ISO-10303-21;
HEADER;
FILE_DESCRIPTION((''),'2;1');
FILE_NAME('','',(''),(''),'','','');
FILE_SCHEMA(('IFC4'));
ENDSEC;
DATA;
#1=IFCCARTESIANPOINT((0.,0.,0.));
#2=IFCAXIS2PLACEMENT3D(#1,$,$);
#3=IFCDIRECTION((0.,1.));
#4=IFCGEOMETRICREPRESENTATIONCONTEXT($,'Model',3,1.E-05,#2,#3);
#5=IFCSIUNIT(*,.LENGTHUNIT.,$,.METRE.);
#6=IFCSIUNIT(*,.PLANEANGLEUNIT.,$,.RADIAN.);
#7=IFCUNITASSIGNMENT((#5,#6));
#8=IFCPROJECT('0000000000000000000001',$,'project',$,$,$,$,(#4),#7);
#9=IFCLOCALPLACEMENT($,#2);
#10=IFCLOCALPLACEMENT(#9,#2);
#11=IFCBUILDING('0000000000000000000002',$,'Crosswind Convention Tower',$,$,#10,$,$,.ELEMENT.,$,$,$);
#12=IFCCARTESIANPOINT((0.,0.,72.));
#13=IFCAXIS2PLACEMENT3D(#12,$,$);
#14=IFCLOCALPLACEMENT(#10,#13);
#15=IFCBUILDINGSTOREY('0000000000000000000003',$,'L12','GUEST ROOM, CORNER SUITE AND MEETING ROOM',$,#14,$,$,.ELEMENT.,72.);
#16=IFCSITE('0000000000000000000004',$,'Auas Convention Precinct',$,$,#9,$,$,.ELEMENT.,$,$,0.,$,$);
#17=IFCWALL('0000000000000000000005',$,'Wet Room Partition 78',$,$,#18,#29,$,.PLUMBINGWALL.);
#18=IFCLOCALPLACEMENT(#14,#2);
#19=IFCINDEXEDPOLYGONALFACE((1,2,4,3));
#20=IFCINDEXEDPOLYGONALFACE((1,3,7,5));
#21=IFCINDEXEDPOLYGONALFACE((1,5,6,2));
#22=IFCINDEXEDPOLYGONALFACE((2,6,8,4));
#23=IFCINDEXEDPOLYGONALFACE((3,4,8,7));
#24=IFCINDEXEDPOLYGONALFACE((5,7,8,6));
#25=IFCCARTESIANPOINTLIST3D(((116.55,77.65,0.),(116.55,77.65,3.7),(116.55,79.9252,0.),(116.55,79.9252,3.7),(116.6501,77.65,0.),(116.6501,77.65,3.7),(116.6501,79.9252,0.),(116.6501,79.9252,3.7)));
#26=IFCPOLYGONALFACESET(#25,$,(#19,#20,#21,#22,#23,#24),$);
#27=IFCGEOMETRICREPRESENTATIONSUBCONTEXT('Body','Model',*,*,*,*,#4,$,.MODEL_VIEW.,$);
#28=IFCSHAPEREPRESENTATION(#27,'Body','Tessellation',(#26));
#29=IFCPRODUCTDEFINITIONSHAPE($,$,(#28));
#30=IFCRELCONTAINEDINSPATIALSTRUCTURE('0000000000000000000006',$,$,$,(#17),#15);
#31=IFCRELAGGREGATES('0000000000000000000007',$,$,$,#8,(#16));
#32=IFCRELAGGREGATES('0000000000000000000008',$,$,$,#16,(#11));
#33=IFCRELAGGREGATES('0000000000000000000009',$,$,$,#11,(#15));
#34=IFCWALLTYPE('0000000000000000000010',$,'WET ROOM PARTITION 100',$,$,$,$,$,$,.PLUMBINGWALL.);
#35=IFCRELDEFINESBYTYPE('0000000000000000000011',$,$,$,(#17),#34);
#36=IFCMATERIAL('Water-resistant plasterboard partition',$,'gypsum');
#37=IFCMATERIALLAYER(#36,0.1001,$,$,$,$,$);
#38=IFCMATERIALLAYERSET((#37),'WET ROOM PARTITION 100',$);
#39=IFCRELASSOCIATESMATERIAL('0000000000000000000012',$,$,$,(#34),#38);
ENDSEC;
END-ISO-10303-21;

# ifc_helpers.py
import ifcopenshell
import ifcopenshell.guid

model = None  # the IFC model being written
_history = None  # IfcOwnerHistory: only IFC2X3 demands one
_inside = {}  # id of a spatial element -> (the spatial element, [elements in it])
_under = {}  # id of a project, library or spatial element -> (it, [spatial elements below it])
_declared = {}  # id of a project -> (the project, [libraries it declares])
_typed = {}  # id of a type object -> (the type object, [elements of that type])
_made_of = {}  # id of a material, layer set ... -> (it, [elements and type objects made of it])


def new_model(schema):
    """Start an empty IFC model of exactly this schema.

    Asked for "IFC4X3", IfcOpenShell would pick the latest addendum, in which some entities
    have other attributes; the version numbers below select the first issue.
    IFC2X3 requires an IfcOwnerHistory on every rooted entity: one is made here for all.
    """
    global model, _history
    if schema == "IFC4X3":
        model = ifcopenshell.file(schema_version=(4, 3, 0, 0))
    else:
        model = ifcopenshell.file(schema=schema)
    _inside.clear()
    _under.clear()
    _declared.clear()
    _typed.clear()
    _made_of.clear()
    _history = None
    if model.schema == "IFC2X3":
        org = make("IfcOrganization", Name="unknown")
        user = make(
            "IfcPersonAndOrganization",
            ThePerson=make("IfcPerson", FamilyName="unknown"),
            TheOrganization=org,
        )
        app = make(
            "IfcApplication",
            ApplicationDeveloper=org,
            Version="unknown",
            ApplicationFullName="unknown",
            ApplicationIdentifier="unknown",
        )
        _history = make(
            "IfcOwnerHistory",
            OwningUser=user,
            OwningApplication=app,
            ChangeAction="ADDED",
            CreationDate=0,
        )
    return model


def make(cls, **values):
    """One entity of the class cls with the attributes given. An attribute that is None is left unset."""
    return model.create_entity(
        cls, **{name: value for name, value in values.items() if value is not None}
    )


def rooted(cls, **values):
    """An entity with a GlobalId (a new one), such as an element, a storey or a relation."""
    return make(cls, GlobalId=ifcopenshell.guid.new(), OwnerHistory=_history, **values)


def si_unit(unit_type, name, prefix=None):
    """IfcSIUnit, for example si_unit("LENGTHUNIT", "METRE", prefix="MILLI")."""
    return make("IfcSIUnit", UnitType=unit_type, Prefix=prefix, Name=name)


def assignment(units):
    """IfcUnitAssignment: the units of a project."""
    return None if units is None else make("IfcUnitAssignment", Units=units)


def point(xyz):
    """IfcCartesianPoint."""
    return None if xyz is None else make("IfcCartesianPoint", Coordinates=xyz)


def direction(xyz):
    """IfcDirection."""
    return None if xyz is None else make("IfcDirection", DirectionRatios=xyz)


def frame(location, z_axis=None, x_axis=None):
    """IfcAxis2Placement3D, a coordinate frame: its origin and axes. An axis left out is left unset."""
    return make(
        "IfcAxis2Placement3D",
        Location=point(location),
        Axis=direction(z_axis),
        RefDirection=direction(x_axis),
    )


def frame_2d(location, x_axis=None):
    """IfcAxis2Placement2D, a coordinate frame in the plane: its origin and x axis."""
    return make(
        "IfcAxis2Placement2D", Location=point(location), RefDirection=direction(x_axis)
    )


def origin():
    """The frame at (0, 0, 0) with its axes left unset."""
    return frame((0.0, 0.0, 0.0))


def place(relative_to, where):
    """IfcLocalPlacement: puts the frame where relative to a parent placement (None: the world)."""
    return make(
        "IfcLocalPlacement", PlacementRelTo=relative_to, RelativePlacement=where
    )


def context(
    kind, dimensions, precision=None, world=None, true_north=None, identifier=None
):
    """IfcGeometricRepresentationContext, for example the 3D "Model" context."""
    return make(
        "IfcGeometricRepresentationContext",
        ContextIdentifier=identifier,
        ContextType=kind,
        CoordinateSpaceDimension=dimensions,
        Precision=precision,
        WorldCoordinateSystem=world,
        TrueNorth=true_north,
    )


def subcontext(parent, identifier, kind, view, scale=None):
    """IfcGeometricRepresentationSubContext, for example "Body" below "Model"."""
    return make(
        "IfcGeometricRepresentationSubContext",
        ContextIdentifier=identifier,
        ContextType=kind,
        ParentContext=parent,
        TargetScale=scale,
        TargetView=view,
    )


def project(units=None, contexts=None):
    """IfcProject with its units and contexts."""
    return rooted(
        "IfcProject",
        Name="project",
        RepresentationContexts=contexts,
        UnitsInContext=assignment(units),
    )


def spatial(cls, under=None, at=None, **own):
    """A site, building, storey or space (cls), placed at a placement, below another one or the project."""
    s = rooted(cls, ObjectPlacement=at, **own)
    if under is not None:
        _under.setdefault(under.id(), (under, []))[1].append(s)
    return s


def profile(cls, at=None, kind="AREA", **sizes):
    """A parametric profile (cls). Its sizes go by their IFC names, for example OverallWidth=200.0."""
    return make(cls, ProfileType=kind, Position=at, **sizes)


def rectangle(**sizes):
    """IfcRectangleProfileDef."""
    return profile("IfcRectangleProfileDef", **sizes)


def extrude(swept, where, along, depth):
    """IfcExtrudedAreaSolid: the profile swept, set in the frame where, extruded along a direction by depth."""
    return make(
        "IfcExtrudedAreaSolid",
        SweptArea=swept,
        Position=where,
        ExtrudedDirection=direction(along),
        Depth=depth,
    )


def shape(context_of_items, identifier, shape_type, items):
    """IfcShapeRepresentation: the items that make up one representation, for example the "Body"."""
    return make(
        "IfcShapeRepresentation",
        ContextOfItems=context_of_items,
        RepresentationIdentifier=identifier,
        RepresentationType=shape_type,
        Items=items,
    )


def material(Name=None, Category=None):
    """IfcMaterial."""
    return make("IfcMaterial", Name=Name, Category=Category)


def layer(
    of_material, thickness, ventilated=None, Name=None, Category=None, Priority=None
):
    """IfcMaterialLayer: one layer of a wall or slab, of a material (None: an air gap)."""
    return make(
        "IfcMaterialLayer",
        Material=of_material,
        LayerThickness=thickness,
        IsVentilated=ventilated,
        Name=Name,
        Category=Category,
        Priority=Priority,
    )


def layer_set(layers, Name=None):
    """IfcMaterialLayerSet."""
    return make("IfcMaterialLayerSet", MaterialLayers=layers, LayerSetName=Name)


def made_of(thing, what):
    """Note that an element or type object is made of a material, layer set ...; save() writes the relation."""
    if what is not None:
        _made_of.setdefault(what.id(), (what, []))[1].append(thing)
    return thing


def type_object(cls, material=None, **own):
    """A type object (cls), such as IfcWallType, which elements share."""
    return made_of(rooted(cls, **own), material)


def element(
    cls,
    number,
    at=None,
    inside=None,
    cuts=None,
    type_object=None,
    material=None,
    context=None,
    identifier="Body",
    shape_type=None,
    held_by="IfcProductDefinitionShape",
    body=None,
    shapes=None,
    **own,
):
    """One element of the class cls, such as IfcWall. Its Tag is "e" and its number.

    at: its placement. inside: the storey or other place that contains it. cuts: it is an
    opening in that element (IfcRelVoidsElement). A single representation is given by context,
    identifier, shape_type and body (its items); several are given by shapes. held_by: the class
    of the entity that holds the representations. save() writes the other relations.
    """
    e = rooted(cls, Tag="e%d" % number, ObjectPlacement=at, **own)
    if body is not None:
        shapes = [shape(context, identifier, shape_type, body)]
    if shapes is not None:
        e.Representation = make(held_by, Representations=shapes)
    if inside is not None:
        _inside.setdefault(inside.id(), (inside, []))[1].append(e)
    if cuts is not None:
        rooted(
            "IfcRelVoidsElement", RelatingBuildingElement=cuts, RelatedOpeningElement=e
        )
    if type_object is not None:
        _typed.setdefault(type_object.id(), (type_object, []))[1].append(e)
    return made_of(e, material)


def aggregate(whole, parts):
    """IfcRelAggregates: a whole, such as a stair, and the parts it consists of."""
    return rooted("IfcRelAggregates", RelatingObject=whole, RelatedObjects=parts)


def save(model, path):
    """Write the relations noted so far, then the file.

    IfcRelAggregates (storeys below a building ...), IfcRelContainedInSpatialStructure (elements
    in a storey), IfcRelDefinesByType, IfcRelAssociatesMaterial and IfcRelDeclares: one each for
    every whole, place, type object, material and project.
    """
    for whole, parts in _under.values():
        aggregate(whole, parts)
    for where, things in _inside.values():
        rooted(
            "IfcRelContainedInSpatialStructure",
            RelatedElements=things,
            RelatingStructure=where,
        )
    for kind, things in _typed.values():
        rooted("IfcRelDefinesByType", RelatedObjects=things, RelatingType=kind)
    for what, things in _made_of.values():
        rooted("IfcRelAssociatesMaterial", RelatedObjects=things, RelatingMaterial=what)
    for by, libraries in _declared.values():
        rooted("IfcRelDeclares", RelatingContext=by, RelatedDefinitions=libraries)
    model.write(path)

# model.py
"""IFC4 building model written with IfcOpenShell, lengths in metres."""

from ifc_helpers import new_model, si_unit, direction, frame, frame_2d, origin, place, context, subcontext, project, spatial, rectangle, extrude, material, layer, layer_set, type_object, element, save


model = new_model("IFC4")

# Units and contexts
model_context = context("Model", 3, precision=1e-05, world=origin(), true_north=direction((0.0, 1.0)))
body_context = subcontext(model_context, "Body", "Model", "MODEL_VIEW")
ifc_project = project(units=[si_unit("LENGTHUNIT", "METRE"), si_unit("PLANEANGLEUNIT", "RADIAN")], contexts=[model_context])

# Site, building, storey
site_placement = place(None, origin())
site = spatial("IfcSite", under=ifc_project, at=site_placement, Name="Auas Convention Precinct", CompositionType="ELEMENT", RefElevation=0.0)
building_placement = place(site_placement, origin())
building = spatial("IfcBuilding", under=site, at=building_placement, Name="Crosswind Convention Tower", CompositionType="ELEMENT")
storey_placement = place(building_placement, frame((0.0, 0.0, 72.0)))
storey = spatial("IfcBuildingStorey", under=building, at=storey_placement, Name="L12", Description="GUEST ROOM, CORNER SUITE AND MEETING ROOM", CompositionType="ELEMENT", Elevation=72.0)

# Shared definitions
ifc_material_1 = material(Name="Water-resistant plasterboard partition", Category="gypsum")
ifc_layer_1 = layer(ifc_material_1, 0.1001)
ifc_layer_set_1 = layer_set([ifc_layer_1], Name="WET ROOM PARTITION 100")
wall_type_1 = type_object("IfcWallType", Name="WET ROOM PARTITION 100", PredefinedType="PLUMBINGWALL", material=ifc_layer_set_1)

# Wall
wall_1_placement = place(storey_placement, frame((116.6001, 77.6499, 0.0), z_axis=(0.0, 0.0, 1.0), x_axis=(0.0, 1.0, 0.0)))
element("IfcWall", 1, at=wall_1_placement, inside=storey, type_object=wall_type_1, Name="Wet Room Partition 78", PredefinedType="PLUMBINGWALL", context=body_context, shape_type="SweptSolid", body=[
    extrude(rectangle(XDim=2.2751, YDim=0.1001, at=frame_2d((1.1377, 0.0))), origin(), (0.0, 0.0, 1.0), 3.7),
])

save(model, "model.ifc")
